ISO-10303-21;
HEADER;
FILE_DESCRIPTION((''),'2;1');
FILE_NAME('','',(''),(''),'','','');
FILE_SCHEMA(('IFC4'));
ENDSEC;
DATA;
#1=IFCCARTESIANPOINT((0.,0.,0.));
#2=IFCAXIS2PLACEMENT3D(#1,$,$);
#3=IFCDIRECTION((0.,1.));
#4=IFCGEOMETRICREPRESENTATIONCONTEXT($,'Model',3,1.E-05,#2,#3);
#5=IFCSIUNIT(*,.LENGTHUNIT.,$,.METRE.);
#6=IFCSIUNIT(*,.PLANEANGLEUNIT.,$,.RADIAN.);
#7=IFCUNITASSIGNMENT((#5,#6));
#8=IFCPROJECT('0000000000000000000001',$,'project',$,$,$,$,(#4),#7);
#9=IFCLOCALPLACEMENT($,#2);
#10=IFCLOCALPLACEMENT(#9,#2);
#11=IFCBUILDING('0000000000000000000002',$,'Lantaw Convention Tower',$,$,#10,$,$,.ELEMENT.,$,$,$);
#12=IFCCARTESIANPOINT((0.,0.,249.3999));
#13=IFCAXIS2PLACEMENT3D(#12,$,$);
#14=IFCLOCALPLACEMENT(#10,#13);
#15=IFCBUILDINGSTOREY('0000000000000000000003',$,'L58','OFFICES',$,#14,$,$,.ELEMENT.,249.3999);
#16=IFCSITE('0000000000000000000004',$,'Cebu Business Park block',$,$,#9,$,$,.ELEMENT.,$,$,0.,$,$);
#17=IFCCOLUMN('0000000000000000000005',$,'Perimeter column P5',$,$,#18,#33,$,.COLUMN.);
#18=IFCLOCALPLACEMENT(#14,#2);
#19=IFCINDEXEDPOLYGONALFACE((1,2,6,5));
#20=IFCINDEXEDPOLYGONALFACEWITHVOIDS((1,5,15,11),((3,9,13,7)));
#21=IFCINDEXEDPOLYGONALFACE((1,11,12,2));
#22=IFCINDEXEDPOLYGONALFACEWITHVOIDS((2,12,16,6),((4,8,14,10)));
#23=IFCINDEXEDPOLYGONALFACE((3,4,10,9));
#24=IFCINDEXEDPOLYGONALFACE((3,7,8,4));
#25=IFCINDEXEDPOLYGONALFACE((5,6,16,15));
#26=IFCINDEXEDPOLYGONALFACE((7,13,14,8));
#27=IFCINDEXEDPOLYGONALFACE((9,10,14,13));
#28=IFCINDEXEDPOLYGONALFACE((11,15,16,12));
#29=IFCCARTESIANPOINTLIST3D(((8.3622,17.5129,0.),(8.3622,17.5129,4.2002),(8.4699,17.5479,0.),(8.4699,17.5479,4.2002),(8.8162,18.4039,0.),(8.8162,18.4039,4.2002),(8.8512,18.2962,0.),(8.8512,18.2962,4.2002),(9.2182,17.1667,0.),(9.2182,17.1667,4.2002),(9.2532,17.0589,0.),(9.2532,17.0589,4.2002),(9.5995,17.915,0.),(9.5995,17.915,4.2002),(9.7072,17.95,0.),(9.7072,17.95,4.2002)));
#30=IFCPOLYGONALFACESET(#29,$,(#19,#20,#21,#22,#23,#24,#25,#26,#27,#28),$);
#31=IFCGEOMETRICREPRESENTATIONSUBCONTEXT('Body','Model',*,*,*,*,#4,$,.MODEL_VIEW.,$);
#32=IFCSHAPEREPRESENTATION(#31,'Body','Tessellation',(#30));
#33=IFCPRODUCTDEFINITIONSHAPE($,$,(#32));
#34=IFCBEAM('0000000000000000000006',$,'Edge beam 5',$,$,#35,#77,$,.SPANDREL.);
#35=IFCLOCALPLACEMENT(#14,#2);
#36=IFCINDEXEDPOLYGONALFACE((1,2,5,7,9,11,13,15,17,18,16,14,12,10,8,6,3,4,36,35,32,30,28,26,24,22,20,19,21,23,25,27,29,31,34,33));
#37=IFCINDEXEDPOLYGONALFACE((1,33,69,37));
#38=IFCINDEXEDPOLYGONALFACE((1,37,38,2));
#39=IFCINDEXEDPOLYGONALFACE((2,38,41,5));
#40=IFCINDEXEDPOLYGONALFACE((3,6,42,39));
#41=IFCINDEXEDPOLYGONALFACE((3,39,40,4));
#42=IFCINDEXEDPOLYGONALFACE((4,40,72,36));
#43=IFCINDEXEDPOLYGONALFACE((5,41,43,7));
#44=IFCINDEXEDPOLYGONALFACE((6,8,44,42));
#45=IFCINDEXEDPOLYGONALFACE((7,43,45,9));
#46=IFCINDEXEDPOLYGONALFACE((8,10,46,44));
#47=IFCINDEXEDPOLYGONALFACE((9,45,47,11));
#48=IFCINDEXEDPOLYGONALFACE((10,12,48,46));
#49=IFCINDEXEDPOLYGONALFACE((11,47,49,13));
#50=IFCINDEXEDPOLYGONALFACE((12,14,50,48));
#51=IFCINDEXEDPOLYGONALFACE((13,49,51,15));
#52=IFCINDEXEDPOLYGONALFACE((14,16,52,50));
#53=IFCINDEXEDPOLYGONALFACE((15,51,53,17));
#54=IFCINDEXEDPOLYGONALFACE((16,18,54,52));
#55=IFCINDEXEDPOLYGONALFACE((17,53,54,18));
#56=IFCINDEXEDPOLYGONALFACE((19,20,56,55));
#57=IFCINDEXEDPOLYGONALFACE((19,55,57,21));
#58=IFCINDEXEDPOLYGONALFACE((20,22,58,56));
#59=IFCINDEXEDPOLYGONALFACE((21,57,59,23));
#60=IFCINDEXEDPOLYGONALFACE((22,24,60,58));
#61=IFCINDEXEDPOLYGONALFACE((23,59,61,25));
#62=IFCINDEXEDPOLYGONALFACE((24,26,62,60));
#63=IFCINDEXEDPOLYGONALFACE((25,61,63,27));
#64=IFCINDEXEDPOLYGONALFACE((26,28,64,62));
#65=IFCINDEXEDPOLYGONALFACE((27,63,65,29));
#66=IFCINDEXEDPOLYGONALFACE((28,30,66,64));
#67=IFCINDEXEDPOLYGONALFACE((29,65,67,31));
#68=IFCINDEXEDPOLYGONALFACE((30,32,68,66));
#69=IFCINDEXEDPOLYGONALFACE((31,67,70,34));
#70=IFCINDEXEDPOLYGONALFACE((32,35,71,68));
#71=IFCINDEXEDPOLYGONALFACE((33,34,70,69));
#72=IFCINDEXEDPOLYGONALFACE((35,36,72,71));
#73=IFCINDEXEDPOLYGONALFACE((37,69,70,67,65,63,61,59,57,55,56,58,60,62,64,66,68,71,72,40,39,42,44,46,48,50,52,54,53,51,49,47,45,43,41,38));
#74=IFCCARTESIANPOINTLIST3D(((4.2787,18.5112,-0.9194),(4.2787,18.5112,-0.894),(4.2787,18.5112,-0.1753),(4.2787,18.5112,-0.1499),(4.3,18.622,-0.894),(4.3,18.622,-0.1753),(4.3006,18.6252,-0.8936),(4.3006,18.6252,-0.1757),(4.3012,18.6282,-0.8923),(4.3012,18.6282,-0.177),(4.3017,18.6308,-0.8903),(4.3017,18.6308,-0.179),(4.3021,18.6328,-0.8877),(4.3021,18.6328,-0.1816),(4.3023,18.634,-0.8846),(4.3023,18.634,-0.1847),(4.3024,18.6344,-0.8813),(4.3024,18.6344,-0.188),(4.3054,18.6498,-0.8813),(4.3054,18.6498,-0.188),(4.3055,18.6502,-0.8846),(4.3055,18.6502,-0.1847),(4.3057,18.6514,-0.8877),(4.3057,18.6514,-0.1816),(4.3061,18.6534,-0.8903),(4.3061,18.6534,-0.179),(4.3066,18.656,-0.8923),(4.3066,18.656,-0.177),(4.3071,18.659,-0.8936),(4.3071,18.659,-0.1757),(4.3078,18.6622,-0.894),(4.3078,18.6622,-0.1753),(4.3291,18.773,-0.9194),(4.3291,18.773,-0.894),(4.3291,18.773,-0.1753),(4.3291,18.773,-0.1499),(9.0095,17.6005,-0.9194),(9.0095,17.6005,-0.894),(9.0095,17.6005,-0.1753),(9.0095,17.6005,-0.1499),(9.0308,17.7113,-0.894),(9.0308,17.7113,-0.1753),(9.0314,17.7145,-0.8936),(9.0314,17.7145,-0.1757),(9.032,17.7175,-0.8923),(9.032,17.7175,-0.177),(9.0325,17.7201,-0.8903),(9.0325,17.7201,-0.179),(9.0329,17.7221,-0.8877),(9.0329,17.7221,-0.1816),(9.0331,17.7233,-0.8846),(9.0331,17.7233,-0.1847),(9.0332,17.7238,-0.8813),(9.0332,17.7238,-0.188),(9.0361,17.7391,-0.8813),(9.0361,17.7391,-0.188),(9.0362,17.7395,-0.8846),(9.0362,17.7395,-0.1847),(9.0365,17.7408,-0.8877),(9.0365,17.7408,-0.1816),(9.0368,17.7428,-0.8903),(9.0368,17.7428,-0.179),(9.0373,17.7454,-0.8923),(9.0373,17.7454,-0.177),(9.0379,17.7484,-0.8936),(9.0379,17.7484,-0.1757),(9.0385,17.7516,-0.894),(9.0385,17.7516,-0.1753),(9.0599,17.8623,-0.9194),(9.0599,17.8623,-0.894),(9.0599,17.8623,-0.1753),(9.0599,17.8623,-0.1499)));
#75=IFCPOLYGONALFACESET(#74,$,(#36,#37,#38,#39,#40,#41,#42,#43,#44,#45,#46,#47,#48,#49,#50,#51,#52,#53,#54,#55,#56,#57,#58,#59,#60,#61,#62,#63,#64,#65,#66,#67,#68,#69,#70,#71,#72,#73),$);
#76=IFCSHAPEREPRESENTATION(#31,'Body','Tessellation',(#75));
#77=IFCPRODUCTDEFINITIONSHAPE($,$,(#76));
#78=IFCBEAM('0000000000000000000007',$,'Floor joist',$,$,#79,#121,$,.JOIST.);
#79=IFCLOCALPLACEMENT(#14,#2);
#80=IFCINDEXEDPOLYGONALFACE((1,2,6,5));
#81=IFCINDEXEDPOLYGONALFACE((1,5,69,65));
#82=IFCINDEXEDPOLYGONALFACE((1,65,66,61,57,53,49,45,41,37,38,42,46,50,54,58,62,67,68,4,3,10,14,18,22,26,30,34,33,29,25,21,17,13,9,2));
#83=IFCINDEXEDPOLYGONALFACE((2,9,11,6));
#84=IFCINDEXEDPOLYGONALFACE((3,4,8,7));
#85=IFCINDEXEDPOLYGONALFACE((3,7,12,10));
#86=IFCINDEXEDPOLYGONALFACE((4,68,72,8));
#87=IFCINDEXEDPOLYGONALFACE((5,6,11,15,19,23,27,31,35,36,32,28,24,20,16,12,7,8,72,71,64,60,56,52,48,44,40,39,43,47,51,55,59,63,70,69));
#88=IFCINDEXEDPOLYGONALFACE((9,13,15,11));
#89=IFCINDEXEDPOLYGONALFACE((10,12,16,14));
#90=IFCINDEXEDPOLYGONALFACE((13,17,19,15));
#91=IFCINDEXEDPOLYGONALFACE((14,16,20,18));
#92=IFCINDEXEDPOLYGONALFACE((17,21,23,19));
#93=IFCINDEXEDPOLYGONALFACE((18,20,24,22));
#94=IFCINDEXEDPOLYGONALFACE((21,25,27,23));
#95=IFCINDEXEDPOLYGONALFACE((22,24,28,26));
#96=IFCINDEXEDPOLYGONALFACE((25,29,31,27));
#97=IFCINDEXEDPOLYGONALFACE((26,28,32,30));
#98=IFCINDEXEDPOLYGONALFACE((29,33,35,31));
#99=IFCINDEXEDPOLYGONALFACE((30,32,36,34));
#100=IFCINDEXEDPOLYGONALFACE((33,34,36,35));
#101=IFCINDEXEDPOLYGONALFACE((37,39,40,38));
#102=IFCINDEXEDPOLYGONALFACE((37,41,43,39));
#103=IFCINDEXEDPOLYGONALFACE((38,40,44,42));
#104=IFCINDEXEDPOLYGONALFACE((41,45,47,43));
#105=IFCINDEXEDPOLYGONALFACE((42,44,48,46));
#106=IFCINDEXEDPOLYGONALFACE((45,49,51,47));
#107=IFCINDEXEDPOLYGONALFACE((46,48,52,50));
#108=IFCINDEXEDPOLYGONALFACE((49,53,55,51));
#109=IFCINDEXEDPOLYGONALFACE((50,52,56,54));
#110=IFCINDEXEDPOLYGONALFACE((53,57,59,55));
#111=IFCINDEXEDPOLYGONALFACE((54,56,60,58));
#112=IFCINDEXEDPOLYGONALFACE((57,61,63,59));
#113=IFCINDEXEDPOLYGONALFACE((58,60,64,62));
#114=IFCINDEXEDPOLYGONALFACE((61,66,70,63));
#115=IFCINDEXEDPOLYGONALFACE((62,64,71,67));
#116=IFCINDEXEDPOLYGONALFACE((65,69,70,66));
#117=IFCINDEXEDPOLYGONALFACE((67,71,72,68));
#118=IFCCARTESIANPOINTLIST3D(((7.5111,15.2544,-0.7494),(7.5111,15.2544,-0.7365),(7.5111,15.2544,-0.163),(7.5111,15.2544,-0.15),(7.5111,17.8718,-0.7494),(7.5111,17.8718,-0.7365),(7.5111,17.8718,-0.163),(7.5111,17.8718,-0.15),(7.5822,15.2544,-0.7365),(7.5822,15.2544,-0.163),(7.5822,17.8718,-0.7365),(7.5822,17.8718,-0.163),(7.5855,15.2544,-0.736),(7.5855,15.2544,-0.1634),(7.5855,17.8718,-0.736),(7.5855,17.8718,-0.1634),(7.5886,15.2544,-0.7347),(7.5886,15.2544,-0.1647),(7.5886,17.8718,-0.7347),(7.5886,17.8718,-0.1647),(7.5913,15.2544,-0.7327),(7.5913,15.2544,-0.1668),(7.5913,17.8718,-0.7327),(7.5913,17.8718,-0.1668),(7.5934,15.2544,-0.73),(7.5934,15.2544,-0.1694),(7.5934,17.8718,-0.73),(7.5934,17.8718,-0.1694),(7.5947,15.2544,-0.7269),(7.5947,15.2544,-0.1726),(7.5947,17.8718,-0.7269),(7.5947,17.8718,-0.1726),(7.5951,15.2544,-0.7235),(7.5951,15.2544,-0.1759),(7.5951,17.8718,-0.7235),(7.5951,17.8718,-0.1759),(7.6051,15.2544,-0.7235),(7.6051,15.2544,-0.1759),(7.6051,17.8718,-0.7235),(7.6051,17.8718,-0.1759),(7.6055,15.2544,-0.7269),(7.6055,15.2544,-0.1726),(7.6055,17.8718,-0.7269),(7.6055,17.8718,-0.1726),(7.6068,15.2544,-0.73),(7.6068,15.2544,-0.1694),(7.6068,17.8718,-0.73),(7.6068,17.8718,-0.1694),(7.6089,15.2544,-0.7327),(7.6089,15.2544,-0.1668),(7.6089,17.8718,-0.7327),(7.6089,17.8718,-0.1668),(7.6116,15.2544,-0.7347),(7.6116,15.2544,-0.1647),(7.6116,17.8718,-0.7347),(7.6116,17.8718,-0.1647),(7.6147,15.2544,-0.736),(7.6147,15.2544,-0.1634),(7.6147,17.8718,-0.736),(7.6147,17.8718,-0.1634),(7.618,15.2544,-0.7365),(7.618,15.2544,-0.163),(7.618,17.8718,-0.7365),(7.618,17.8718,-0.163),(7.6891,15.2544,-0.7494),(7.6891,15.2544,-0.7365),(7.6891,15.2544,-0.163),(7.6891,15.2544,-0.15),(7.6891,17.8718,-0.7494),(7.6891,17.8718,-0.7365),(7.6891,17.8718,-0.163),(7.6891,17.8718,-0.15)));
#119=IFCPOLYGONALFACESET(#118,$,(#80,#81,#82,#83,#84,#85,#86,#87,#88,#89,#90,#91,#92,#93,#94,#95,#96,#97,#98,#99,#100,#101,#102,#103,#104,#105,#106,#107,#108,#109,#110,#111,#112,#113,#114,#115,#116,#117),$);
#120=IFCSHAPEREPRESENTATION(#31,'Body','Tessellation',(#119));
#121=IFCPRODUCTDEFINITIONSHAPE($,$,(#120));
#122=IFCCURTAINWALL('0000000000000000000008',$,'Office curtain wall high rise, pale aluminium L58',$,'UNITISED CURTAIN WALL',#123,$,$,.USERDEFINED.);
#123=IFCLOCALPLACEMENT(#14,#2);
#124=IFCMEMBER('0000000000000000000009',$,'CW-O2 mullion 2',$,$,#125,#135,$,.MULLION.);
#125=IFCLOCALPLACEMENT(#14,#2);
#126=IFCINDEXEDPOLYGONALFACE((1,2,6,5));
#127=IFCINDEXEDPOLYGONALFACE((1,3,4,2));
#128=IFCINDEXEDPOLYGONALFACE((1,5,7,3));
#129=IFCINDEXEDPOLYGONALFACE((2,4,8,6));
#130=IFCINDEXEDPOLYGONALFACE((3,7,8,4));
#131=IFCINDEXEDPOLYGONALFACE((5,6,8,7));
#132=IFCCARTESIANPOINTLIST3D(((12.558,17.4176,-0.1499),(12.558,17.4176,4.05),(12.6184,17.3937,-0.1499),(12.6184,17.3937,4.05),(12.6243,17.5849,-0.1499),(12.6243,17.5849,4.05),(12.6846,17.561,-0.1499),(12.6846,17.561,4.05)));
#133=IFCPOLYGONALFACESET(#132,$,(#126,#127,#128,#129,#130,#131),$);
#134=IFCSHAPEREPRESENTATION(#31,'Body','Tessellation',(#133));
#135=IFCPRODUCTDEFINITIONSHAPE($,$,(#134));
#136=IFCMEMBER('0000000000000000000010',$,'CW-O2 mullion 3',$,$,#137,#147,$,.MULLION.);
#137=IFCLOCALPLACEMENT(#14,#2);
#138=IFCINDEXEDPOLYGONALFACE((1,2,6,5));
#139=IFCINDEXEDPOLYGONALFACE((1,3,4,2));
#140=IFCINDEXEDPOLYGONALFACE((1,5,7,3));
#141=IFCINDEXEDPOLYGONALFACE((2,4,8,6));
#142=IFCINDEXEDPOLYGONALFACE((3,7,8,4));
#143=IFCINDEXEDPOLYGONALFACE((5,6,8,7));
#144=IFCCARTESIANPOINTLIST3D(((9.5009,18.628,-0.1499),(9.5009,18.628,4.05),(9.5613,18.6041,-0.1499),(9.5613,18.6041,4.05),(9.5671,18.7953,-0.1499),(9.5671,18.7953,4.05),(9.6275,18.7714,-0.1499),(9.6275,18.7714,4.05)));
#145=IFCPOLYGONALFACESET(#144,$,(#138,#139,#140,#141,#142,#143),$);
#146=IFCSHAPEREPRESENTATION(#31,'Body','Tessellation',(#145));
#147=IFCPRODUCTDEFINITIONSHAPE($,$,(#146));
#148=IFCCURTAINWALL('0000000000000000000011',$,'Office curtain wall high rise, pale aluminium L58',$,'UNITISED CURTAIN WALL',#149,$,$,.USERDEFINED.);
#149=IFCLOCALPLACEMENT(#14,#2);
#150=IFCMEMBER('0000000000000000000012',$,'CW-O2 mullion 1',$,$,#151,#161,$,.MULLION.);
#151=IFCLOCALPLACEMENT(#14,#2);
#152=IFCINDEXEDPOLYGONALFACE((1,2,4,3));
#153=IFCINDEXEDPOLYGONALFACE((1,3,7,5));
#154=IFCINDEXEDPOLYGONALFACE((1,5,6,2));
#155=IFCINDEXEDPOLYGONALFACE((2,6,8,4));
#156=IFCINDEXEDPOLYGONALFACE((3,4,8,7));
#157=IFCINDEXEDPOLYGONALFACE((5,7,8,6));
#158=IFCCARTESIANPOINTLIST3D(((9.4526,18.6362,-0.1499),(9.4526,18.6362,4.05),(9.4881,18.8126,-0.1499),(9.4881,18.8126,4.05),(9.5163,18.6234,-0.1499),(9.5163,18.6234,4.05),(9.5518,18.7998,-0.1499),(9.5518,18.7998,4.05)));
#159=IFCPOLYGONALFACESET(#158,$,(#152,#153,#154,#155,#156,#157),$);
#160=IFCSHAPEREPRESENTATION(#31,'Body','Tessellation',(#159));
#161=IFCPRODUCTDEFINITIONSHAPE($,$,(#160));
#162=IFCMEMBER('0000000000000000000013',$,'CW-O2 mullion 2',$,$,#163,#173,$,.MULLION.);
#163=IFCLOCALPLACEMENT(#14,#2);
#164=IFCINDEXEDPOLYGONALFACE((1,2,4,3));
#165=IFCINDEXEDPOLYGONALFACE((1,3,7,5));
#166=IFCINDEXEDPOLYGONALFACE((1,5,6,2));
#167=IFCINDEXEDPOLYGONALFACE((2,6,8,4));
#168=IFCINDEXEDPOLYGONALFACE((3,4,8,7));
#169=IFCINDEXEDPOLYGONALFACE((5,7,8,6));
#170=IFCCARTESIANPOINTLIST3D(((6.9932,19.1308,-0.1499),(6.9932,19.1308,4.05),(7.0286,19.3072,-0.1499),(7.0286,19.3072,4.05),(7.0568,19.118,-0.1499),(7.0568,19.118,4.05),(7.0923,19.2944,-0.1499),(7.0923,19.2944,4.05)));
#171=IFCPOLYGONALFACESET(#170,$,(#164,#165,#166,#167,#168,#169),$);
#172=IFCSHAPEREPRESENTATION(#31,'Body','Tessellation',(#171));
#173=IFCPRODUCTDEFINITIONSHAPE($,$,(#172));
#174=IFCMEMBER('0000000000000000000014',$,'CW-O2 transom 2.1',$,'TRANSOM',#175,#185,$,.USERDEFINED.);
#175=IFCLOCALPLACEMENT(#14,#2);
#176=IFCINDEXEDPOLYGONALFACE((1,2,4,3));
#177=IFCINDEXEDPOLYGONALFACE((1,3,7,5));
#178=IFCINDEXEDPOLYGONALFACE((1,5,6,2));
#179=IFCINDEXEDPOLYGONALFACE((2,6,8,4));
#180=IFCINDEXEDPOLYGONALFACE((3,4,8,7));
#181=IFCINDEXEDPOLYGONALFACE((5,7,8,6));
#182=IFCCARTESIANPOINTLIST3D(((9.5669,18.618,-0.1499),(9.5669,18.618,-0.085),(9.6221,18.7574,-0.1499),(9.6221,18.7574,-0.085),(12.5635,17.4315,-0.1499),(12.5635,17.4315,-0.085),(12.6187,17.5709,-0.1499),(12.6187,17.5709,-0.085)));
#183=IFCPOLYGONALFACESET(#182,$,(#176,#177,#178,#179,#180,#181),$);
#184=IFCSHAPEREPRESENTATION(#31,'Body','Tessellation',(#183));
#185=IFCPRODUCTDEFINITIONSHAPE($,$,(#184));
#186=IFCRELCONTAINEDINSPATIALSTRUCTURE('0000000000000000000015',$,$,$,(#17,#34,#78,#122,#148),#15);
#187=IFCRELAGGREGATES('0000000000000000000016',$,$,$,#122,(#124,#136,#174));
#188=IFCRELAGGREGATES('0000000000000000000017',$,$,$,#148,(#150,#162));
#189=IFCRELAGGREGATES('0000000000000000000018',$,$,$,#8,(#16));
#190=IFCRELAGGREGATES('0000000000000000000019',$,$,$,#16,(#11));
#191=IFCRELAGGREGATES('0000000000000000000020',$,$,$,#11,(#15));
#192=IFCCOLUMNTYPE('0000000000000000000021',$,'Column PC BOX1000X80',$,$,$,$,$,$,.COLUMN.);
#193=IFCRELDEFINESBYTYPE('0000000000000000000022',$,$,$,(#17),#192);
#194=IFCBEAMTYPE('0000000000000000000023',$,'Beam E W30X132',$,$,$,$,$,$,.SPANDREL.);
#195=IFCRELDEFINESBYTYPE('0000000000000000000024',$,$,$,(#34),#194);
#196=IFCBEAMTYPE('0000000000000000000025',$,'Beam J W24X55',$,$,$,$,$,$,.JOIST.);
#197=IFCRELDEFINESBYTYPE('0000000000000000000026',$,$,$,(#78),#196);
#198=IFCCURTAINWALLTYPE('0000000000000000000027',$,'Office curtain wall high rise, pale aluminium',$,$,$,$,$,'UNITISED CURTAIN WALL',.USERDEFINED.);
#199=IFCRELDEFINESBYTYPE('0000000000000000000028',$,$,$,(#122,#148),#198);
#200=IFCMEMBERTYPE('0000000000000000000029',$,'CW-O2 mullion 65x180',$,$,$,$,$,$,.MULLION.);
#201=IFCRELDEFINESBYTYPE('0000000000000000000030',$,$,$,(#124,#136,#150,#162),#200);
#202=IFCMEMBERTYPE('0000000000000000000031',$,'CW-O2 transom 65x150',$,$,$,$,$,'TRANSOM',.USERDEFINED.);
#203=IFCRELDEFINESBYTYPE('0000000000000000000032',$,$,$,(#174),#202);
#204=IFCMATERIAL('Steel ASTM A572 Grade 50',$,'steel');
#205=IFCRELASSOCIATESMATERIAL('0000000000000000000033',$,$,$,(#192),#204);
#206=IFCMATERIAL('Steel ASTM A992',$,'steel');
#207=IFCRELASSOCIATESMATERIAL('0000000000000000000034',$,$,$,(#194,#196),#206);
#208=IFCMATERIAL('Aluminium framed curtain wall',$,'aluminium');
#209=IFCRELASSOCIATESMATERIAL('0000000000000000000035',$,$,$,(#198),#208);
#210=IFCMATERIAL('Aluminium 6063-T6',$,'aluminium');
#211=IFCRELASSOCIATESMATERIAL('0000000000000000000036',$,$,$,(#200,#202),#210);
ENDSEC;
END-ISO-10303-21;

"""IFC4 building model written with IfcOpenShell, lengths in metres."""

from ifc_helpers import new_model, si_unit, direction, frame, origin, origin_2d, place, context, subcontext, project, spatial, rectangle, hollow_rectangle, i_section, extrude, material, material_profile, profile_set, type_object, element, aggregate, save


model = new_model("IFC4")

# Units and contexts
model_context = context("Model", 3, precision=1e-05, world=origin(), true_north=direction((0.0, 1.0)))
body_context = subcontext(model_context, "Body", "Model", "MODEL_VIEW")
ifc_project = project(units=[si_unit("LENGTHUNIT", "METRE"), si_unit("PLANEANGLEUNIT", "RADIAN")], contexts=[model_context])

# Site, building, storey
site_placement = place(None, origin())
site = spatial("IfcSite", under=ifc_project, at=site_placement, Name="Cebu Business Park block", CompositionType="ELEMENT", RefElevation=0.0)
building_placement = place(site_placement, origin())
building = spatial("IfcBuilding", under=site, at=building_placement, Name="Lantaw Convention Tower", CompositionType="ELEMENT")
storey_placement = place(building_placement, frame((0.0, 0.0, 249.3999)))
storey = spatial("IfcBuildingStorey", under=building, at=storey_placement, Name="L58", Description="OFFICES", CompositionType="ELEMENT", Elevation=249.3999)

# Column
ifc_material_1 = material(Name="Steel ASTM A572 Grade 50", Category="steel")
ifc_material_profile_1 = material_profile(ifc_material_1, hollow_rectangle(XDim=1.0, YDim=1.0, WallThickness=0.0801, at=origin_2d()), Name="BOX1000X80")
ifc_material_2 = material(Name="Concrete C60/75", Category="concrete")
ifc_material_profile_2 = material_profile(ifc_material_2, rectangle(XDim=0.8401, YDim=0.8401, at=origin_2d()), Name="Concrete fill of BOX1000X80")
ifc_profile_set_1 = profile_set([ifc_material_profile_1, ifc_material_profile_2], Name="Steel ASTM A572 Grade 50")
column_type = type_object("IfcColumnType", Name="Column PC BOX1000X80", PredefinedType="COLUMN", material=ifc_profile_set_1)
column_placement = place(storey_placement, frame((9.0347, 17.7314, 0.0), z_axis=(0.0, 0.0, 1.0), x_axis=(0.45399, 0.891007, 0.0)))
element("IfcColumn", 1, at=column_placement, inside=storey, type_object=column_type, Name="Perimeter column P5", PredefinedType="COLUMN", context=body_context, shape_type="SweptSolid", body=[
    extrude(hollow_rectangle(XDim=1.0, YDim=1.0, WallThickness=0.0801, at=origin_2d()), origin(), (0.0, 0.0, 1.0), 4.2002),
])

# Beams
ifc_material_3 = material(Name="Steel ASTM A992", Category="steel")
ifc_material_profile_3 = material_profile(ifc_material_3, i_section(OverallWidth=0.2666, OverallDepth=0.7695, WebThickness=0.0156, FlangeThickness=0.0254, FilletRadius=0.0127, at=origin_2d()), Name="W30X132")
ifc_profile_set_2 = profile_set([ifc_material_profile_3], Name="Steel ASTM A992")
beam_type_1 = type_object("IfcBeamType", Name="Beam E W30X132", PredefinedType="SPANDREL", material=ifc_profile_set_2)
beam_1_placement = place(storey_placement, frame((9.0347, 17.7314, -0.5347), z_axis=(-0.981972, 0.189026, 0.0), x_axis=(-0.189026, -0.981972, 0.0)))
element("IfcBeam", 2, at=beam_1_placement, inside=storey, type_object=beam_type_1, Name="Edge beam 5", PredefinedType="SPANDREL", context=body_context, shape_type="SweptSolid", body=[
    extrude(i_section(OverallWidth=0.2666, OverallDepth=0.7695, WebThickness=0.0156, FlangeThickness=0.0254, FilletRadius=0.0127, at=origin_2d()), origin(), (0.0, 0.0, 1.0), 4.8176),
])
ifc_material_profile_4 = material_profile(ifc_material_3, i_section(OverallWidth=0.178, OverallDepth=0.5994, WebThickness=0.01, FlangeThickness=0.0129, FilletRadius=0.0129, at=origin_2d()), Name="W24X55")
ifc_profile_set_3 = profile_set([ifc_material_profile_4], Name="Steel ASTM A992")
beam_type_2 = type_object("IfcBeamType", Name="Beam J W24X55", PredefinedType="JOIST", material=ifc_profile_set_3)
beam_2_placement = place(storey_placement, frame((7.6001, 15.2544, -0.4497), z_axis=(0.0, 1.0, 0.0), x_axis=(-1.0, 0.0, 0.0)))
element("IfcBeam", 3, at=beam_2_placement, inside=storey, type_object=beam_type_2, Name="Floor joist", PredefinedType="JOIST", context=body_context, shape_type="SweptSolid", body=[
    extrude(i_section(OverallWidth=0.178, OverallDepth=0.5994, WebThickness=0.01, FlangeThickness=0.0129, FilletRadius=0.0129, at=origin_2d()), origin(), (0.0, 0.0, 1.0), 2.6174),
])

# Curtain walls, members
ifc_material_4 = material(Name="Aluminium framed curtain wall", Category="aluminium")
curtain_wall_type = type_object("IfcCurtainWallType", Name="Office curtain wall high rise, pale aluminium", ElementType="UNITISED CURTAIN WALL", PredefinedType="USERDEFINED", material=ifc_material_4)
curtain_wall_1_placement = place(storey_placement, origin())
curtain_wall_1 = element("IfcCurtainWall", 4, at=curtain_wall_1_placement, inside=storey, type_object=curtain_wall_type, Name="Office curtain wall high rise, pale aluminium L58", ObjectType="UNITISED CURTAIN WALL", PredefinedType="USERDEFINED")
ifc_material_5 = material(Name="Aluminium 6063-T6", Category="aluminium")
ifc_material_profile_5 = material_profile(ifc_material_5, rectangle(XDim=0.1799, YDim=0.0649, at=origin_2d()), Name="CW-O2 mullion 65x180")
ifc_profile_set_4 = profile_set([ifc_material_profile_5], Name="Aluminium 6063-T6")
member_type_1 = type_object("IfcMemberType", Name="CW-O2 mullion 65x180", PredefinedType="MULLION", material=ifc_profile_set_4)
member_1_placement = place(storey_placement, frame((12.6213, 17.4893, -0.1499), z_axis=(0.0, 0.0, 1.0), x_axis=(-0.368162, -0.929762, 0.0)))
member_1 = element("IfcMember", 5, at=member_1_placement, type_object=member_type_1, Name="CW-O2 mullion 2", PredefinedType="MULLION", context=body_context, shape_type="SweptSolid", body=[
    extrude(rectangle(XDim=0.1799, YDim=0.0649, at=origin_2d()), origin(), (0.0, 0.0, 1.0), 4.2),
])
member_2_placement = place(storey_placement, frame((9.5642, 18.6997, -0.1499), z_axis=(0.0, 0.0, 1.0), x_axis=(-0.368162, -0.929762, 0.0)))
member_2 = element("IfcMember", 6, at=member_2_placement, type_object=member_type_1, Name="CW-O2 mullion 3", PredefinedType="MULLION", context=body_context, shape_type="SweptSolid", body=[
    extrude(rectangle(XDim=0.1799, YDim=0.0649, at=origin_2d()), origin(), (0.0, 0.0, 1.0), 4.2),
])
curtain_wall_2_placement = place(storey_placement, origin())
curtain_wall_2 = element("IfcCurtainWall", 7, at=curtain_wall_2_placement, inside=storey, type_object=curtain_wall_type, Name="Office curtain wall high rise, pale aluminium L58", ObjectType="UNITISED CURTAIN WALL", PredefinedType="USERDEFINED")
member_3_placement = place(storey_placement, frame((9.5022, 18.718, -0.1499), z_axis=(0.0, 0.0, 1.0), x_axis=(-0.197183, -0.980367, 0.0)))
member_3 = element("IfcMember", 8, at=member_3_placement, type_object=member_type_1, Name="CW-O2 mullion 1", PredefinedType="MULLION", context=body_context, shape_type="SweptSolid", body=[
    extrude(rectangle(XDim=0.1799, YDim=0.0649, at=origin_2d()), origin(), (0.0, 0.0, 1.0), 4.2),
])
member_4_placement = place(storey_placement, frame((7.0427, 19.2126, -0.1499), z_axis=(0.0, 0.0, 1.0), x_axis=(-0.197183, -0.980367, 0.0)))
member_4 = element("IfcMember", 9, at=member_4_placement, type_object=member_type_1, Name="CW-O2 mullion 2", PredefinedType="MULLION", context=body_context, shape_type="SweptSolid", body=[
    extrude(rectangle(XDim=0.1799, YDim=0.0649, at=origin_2d()), origin(), (0.0, 0.0, 1.0), 4.2),
])

# Member
ifc_material_profile_6 = material_profile(ifc_material_5, rectangle(XDim=0.1499, YDim=0.0649, at=origin_2d()), Name="CW-O2 transom 65x150")
ifc_profile_set_5 = profile_set([ifc_material_profile_6], Name="Aluminium 6063-T6")
member_type_2 = type_object("IfcMemberType", Name="CW-O2 transom 65x150", ElementType="TRANSOM", PredefinedType="USERDEFINED", material=ifc_profile_set_5)
member_5_placement = place(storey_placement, frame((12.5911, 17.5012, -0.1174), z_axis=(-0.929767, 0.368149, 0.0), x_axis=(-0.368149, -0.929767, 0.0)))
member_5 = element("IfcMember", 10, at=member_5_placement, type_object=member_type_2, Name="CW-O2 transom 2.1", ObjectType="TRANSOM", PredefinedType="USERDEFINED", context=body_context, shape_type="SweptSolid", body=[
    extrude(rectangle(XDim=0.1499, YDim=0.0649, at=origin_2d()), origin(), (0.0, 0.0, 1.0), 3.2229),
])

aggregate(curtain_wall_1, [member_1, member_2, member_5])
aggregate(curtain_wall_2, [member_3, member_4])

save(model, "model.ifc")
